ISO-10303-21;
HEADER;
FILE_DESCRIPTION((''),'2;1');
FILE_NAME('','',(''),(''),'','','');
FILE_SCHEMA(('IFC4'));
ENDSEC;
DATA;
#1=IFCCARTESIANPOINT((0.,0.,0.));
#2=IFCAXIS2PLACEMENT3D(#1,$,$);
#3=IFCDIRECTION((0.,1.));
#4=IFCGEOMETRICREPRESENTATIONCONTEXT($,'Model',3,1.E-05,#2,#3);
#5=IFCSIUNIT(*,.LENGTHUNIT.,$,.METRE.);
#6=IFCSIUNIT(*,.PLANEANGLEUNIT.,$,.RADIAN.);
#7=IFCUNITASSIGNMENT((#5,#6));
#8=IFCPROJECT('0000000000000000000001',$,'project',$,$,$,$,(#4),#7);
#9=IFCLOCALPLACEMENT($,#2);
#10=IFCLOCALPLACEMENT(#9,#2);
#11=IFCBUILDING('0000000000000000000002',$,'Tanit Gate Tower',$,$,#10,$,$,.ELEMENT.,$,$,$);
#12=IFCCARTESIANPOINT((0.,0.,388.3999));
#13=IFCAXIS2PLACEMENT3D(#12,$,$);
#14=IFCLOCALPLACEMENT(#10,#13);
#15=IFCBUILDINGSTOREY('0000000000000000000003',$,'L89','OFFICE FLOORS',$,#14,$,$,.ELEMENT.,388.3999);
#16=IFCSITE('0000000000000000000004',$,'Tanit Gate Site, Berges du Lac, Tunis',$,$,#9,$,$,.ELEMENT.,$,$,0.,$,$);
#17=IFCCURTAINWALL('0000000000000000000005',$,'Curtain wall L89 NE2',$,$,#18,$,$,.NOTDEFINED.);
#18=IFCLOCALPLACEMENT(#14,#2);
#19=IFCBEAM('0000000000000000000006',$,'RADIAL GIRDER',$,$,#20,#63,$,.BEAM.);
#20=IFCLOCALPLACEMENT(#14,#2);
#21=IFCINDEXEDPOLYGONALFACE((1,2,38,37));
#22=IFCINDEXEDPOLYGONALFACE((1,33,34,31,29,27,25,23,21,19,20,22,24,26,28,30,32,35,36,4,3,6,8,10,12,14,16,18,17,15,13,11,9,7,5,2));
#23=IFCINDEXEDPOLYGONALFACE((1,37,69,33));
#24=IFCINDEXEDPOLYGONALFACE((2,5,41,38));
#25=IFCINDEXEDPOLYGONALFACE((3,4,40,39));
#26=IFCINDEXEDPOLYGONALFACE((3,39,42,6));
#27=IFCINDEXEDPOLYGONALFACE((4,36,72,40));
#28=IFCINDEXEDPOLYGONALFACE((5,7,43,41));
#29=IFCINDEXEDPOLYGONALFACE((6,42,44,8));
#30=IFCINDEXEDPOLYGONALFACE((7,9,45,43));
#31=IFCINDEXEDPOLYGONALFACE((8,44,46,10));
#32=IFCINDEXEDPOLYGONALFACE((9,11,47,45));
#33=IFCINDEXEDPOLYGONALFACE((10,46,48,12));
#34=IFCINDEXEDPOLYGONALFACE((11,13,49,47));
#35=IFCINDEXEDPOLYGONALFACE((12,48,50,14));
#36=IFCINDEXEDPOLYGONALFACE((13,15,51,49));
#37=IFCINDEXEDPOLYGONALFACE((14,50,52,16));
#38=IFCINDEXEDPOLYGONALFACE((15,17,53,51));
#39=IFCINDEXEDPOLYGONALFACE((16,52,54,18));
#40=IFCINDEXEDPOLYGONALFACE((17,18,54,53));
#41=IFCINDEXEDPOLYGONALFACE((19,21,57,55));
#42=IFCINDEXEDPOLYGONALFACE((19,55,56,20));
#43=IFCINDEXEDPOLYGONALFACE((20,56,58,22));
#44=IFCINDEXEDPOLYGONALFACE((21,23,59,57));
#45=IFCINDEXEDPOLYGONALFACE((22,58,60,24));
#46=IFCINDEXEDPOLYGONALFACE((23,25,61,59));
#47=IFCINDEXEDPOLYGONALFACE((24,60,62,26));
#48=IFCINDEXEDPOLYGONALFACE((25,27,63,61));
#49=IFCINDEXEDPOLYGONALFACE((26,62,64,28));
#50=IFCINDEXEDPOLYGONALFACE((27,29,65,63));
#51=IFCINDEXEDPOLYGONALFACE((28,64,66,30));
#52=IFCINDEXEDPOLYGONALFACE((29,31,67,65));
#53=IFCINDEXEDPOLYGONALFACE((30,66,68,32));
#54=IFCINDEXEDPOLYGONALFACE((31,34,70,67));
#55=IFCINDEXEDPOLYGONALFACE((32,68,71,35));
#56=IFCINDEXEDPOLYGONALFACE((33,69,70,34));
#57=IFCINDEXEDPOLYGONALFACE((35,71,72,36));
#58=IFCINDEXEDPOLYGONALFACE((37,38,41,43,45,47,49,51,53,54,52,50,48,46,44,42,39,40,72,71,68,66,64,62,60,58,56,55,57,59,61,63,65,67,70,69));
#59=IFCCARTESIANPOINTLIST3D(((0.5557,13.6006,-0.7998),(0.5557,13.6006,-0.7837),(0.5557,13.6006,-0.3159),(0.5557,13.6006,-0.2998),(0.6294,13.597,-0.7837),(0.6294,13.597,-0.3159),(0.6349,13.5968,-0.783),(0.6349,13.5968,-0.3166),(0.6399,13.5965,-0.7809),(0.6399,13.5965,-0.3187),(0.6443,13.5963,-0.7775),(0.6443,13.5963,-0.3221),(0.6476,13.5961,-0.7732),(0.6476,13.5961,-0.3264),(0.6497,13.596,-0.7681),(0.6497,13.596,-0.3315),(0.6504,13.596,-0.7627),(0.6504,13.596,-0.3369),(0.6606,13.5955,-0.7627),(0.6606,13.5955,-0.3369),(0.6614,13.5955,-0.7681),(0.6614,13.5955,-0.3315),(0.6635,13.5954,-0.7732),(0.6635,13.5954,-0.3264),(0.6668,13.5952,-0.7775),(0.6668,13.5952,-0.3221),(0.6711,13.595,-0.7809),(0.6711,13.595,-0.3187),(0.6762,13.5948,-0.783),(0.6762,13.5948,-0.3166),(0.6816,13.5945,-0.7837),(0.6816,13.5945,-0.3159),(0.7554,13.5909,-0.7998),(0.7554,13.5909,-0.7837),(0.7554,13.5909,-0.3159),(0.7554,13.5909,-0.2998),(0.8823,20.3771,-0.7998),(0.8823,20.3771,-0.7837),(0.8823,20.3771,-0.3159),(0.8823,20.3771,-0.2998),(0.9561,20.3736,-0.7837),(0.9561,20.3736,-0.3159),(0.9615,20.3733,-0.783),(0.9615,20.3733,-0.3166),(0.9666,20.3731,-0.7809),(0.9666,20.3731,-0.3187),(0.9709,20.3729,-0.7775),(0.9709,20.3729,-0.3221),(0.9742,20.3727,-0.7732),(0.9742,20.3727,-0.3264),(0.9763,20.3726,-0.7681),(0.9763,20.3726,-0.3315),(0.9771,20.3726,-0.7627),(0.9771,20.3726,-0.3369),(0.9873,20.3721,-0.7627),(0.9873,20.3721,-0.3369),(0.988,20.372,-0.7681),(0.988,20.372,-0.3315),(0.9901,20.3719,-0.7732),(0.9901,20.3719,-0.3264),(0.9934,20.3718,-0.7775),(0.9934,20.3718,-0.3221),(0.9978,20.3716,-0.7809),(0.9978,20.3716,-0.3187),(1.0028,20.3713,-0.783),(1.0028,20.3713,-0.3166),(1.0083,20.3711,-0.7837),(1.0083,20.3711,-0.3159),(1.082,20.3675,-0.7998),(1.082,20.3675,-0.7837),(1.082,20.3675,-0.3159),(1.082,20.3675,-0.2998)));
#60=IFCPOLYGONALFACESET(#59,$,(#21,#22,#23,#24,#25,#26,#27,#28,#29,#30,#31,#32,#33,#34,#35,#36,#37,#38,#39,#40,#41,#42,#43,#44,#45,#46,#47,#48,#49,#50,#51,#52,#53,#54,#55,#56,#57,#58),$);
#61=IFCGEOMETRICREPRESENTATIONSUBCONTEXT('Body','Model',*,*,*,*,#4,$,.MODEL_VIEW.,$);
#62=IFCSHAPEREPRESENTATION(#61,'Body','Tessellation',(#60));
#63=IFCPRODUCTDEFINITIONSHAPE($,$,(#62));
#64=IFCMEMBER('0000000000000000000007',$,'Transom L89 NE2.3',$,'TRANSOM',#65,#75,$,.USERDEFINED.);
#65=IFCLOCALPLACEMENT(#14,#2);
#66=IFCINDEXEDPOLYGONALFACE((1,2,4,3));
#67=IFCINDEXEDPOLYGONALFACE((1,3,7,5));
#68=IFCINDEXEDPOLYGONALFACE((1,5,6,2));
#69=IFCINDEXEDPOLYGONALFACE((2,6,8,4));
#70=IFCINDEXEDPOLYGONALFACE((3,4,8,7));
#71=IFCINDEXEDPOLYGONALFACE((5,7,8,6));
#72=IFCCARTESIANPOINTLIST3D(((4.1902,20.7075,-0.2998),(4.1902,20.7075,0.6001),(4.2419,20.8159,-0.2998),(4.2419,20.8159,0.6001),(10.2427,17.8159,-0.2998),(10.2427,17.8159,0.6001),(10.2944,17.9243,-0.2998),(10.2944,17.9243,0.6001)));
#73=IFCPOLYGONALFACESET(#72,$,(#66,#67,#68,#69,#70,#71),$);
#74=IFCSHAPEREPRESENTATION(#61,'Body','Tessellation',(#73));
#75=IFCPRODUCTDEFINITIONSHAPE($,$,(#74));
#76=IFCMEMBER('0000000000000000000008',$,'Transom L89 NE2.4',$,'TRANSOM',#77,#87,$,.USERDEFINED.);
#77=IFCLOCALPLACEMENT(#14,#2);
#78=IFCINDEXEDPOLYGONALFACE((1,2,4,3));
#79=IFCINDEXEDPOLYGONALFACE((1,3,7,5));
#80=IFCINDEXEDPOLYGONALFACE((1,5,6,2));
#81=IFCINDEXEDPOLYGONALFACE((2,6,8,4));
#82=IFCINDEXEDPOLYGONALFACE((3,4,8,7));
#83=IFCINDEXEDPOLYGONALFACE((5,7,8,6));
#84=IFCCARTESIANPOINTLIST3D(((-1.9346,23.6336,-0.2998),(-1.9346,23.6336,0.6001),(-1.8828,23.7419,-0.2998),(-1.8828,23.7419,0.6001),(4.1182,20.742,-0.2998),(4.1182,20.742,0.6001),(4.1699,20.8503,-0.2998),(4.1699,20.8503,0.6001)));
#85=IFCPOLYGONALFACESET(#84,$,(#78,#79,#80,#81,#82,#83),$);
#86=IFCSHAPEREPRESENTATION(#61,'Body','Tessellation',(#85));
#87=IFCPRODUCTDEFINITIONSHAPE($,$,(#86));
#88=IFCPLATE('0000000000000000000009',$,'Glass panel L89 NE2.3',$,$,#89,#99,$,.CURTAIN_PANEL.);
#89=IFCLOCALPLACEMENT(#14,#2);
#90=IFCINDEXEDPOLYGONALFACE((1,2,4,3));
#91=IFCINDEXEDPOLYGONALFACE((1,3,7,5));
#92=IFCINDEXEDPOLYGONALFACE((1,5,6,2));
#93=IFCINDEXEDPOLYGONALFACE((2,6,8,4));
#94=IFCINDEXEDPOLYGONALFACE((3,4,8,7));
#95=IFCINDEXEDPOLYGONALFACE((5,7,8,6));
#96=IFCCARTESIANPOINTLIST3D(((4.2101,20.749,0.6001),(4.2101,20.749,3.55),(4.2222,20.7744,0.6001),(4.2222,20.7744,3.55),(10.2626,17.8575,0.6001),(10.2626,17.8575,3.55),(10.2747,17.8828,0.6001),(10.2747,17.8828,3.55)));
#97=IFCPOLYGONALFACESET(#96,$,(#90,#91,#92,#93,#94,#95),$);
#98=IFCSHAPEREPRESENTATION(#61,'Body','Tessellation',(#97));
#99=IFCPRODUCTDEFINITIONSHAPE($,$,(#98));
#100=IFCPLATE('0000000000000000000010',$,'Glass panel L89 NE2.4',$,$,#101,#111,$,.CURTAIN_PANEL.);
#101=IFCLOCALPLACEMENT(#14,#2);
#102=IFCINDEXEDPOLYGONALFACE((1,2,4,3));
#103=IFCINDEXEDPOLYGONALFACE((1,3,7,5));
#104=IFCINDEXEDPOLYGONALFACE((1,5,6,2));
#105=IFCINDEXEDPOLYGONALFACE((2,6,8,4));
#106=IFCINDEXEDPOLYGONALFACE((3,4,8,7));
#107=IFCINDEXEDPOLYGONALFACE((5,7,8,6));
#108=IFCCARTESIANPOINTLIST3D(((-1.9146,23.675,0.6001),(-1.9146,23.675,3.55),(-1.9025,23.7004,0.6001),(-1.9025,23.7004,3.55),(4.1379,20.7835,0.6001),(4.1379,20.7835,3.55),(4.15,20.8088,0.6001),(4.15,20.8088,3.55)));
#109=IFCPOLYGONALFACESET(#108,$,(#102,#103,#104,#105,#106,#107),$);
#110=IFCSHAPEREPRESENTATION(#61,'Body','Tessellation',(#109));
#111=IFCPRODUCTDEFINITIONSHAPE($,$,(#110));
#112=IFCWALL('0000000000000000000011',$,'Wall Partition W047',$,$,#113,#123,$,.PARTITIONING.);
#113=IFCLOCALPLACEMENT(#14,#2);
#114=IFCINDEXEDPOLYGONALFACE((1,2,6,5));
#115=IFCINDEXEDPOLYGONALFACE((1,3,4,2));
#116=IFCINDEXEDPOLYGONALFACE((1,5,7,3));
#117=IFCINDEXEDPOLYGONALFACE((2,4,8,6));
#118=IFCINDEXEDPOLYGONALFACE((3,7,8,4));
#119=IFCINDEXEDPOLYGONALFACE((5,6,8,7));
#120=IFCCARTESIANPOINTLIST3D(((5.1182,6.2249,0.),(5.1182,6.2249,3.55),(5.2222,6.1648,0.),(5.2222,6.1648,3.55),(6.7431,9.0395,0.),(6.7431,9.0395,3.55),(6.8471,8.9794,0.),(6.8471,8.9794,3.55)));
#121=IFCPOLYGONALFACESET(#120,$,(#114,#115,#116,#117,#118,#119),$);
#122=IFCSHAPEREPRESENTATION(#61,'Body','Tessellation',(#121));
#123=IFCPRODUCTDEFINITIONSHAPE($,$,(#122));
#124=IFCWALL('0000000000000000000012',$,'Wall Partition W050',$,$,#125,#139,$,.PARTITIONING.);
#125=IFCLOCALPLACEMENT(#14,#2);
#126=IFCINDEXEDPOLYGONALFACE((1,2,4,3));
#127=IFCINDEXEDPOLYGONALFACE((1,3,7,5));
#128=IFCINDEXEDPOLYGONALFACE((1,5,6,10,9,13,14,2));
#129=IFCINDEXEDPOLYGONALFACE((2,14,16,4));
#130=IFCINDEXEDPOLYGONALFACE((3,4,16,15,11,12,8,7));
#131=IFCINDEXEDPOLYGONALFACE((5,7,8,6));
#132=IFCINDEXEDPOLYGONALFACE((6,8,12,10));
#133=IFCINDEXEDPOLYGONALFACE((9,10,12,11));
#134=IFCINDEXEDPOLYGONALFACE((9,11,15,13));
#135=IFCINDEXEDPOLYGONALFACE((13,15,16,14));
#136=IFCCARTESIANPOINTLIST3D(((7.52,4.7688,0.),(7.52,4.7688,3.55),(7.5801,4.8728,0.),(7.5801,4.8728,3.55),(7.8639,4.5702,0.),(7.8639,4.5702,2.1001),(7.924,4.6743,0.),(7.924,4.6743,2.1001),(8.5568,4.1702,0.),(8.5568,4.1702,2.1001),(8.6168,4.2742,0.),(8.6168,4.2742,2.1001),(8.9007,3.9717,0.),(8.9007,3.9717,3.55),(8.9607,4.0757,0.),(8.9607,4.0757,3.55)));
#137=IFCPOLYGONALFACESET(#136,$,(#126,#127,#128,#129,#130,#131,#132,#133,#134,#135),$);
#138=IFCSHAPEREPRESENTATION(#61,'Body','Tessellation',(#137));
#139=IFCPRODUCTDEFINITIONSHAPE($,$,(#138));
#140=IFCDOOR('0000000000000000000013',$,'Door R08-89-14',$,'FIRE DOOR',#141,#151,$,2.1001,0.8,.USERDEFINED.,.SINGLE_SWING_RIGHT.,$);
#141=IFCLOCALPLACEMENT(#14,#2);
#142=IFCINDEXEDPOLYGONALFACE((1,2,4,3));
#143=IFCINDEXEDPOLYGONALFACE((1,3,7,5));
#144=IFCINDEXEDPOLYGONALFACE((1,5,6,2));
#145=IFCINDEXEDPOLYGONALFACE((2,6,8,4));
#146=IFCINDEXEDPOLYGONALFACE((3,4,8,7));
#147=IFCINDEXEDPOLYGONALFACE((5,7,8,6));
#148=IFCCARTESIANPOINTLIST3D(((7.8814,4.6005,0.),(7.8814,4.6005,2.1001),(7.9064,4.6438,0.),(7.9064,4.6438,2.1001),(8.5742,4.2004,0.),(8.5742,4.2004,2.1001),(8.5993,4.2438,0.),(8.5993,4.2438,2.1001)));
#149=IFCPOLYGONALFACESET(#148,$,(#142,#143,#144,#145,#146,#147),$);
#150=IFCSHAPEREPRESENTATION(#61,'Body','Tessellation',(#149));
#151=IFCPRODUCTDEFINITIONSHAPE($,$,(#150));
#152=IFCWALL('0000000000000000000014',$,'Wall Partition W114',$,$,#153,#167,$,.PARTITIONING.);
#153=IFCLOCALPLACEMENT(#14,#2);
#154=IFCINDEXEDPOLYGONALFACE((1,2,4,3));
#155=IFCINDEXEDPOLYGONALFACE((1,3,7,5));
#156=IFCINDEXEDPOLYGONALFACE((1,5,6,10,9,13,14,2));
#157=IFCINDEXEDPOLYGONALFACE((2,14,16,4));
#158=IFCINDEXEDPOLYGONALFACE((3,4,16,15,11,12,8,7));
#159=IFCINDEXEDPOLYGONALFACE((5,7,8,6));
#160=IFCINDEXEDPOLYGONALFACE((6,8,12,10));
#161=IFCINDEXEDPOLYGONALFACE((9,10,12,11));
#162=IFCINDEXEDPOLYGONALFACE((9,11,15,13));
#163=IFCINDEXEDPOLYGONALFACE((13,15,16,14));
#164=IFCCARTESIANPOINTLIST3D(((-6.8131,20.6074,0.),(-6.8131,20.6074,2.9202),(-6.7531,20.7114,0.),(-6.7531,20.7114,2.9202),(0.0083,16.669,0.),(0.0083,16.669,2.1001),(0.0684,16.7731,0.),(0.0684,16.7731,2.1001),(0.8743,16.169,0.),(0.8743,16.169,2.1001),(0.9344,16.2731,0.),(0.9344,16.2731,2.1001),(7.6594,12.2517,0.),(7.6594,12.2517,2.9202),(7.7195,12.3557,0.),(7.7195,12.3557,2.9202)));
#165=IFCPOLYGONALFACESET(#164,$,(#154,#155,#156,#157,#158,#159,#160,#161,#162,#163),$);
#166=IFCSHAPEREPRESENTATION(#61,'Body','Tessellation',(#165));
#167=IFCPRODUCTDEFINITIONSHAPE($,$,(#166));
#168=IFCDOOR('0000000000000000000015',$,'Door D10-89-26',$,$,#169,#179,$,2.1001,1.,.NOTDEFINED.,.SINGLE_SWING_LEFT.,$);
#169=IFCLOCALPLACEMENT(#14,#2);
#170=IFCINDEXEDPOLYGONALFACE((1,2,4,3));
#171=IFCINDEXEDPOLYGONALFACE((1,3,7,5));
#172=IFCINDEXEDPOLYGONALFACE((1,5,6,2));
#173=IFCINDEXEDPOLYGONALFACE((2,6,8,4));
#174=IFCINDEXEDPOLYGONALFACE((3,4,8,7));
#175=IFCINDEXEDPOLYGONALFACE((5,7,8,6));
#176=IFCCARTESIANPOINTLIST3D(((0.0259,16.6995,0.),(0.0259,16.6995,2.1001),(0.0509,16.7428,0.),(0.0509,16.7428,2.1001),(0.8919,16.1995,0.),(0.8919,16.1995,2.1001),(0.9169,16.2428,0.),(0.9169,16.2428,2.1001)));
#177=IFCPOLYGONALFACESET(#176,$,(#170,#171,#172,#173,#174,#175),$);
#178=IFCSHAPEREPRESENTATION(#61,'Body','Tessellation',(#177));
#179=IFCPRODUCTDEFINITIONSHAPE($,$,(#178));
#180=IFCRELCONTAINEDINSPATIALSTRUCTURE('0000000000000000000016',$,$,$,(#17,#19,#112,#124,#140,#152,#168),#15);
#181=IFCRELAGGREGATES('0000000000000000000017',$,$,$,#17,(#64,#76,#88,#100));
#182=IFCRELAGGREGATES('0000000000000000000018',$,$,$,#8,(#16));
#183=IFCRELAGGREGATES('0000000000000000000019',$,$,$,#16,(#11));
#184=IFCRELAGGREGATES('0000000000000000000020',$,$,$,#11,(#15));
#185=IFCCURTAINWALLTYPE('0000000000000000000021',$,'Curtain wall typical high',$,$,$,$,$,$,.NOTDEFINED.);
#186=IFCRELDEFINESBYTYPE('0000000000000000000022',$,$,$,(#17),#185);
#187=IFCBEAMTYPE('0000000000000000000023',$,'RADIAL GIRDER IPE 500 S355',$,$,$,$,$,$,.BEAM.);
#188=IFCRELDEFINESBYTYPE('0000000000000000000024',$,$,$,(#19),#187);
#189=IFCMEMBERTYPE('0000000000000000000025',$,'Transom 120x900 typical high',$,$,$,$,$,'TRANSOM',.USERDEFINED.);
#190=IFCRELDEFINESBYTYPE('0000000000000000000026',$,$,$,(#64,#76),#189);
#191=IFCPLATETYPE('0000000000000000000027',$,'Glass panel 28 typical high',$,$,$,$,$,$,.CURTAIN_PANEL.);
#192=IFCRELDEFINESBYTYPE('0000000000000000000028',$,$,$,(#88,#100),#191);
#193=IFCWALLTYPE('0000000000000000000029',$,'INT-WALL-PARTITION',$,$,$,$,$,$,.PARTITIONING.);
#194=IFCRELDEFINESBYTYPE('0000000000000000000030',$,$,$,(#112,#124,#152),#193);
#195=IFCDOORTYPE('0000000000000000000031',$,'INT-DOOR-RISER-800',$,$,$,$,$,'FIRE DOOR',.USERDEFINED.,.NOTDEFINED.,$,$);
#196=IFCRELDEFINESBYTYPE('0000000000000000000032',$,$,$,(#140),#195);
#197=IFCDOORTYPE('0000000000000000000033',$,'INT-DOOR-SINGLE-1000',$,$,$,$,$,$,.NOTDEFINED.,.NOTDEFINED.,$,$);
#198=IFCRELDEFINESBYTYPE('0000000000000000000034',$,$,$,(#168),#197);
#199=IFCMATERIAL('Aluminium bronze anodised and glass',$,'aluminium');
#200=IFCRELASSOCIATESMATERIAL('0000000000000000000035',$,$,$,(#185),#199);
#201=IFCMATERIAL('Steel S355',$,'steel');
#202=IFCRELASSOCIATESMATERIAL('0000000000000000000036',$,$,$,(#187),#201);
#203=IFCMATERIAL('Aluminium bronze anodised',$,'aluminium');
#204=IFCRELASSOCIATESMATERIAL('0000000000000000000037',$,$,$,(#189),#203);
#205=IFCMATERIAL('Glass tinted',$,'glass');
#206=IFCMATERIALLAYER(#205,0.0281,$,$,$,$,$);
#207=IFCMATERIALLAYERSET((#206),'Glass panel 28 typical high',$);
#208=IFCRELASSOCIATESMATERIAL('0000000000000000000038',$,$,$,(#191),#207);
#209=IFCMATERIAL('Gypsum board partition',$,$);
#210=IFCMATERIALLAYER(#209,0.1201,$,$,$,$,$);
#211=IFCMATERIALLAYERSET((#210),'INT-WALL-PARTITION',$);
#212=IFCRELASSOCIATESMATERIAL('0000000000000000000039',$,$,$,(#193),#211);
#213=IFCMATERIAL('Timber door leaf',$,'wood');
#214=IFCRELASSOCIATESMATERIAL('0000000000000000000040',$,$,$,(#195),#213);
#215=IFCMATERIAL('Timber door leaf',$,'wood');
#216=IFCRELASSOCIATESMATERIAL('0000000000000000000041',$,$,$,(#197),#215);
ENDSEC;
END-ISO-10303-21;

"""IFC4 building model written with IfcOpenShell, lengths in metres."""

from ifc_helpers import new_model, si_unit, direction, frame, frame_2d, origin, origin_2d, place, context, subcontext, project, spatial, rectangle, i_section, extrude, material, layer, layer_set, material_profile, profile_set, type_object, element, fill, aggregate, save


model = new_model("IFC4")

# Units and contexts
model_context = context("Model", 3, precision=1e-05, world=origin(), true_north=direction((0.0, 1.0)))
body_context = subcontext(model_context, "Body", "Model", "MODEL_VIEW")
ifc_project = project(units=[si_unit("LENGTHUNIT", "METRE"), si_unit("PLANEANGLEUNIT", "RADIAN")], contexts=[model_context])

# Site, building, storey
site_placement = place(None, origin())
site = spatial("IfcSite", under=ifc_project, at=site_placement, Name="Tanit Gate Site, Berges du Lac, Tunis", CompositionType="ELEMENT", RefElevation=0.0)
building_placement = place(site_placement, origin())
building = spatial("IfcBuilding", under=site, at=building_placement, Name="Tanit Gate Tower", CompositionType="ELEMENT")
storey_placement = place(building_placement, frame((0.0, 0.0, 388.3999)))
storey = spatial("IfcBuildingStorey", under=building, at=storey_placement, Name="L89", Description="OFFICE FLOORS", CompositionType="ELEMENT", Elevation=388.3999)

# Curtain wall
ifc_material_1 = material(Name="Aluminium bronze anodised and glass", Category="aluminium")
curtain_wall_type = type_object("IfcCurtainWallType", Name="Curtain wall typical high", PredefinedType="NOTDEFINED", material=ifc_material_1)
curtain_wall_placement = place(storey_placement, origin())
curtain_wall = element("IfcCurtainWall", 1, at=curtain_wall_placement, inside=storey, type_object=curtain_wall_type, Name="Curtain wall L89 NE2", PredefinedType="NOTDEFINED")

# Beam
ifc_material_2 = material(Name="Steel S355", Category="steel")
ifc_material_profile_1 = material_profile(ifc_material_2, i_section(OverallWidth=0.2, OverallDepth=0.5, WebThickness=0.0103, FlangeThickness=0.0161, FilletRadius=0.021, at=origin_2d()), Name="IPE 500")
ifc_profile_set_1 = profile_set([ifc_material_profile_1], Name="Steel S355")
beam_type = type_object("IfcBeamType", Name="RADIAL GIRDER IPE 500 S355", PredefinedType="BEAM", material=ifc_profile_set_1)
beam_1_placement = place(storey_placement, frame((0.9822, 20.3723, -0.5498), z_axis=(-0.048148, -0.99884, 0.0), x_axis=(0.99884, -0.048148, 0.0)))
element("IfcBeam", 2, at=beam_1_placement, inside=storey, type_object=beam_type, Name="RADIAL GIRDER", PredefinedType="BEAM", context=body_context, shape_type="SweptSolid", body=[
    extrude(i_section(OverallWidth=0.2, OverallDepth=0.5, WebThickness=0.0103, FlangeThickness=0.0161, FilletRadius=0.021, at=origin_2d()), origin(), (0.0, 0.0, 1.0), 6.7844),
])

# Members
ifc_material_3 = material(Name="Aluminium bronze anodised", Category="aluminium")
ifc_material_profile_2 = material_profile(ifc_material_3, rectangle(XDim=0.1201, YDim=0.8999, at=origin_2d()), Name="120x900 bronze transom")
ifc_profile_set_2 = profile_set([ifc_material_profile_2], Name="Aluminium bronze anodised")
member_type_1 = type_object("IfcMemberType", Name="Transom 120x900 typical high", ElementType="TRANSOM", PredefinedType="USERDEFINED", material=ifc_profile_set_2)
member_1_placement = place(storey_placement, frame((10.2686, 17.8701, 0.1501), z_axis=(-0.902312, 0.431083, 0.0), x_axis=(-0.431083, -0.902312, 0.0)))
member_1 = element("IfcMember", 3, at=member_1_placement, type_object=member_type_1, Name="Transom L89 NE2.3", ObjectType="TRANSOM", PredefinedType="USERDEFINED", context=body_context, shape_type="SweptSolid", body=[
    extrude(rectangle(XDim=0.1201, YDim=0.8999, at=origin_2d()), origin(), (0.0, 0.0, 1.0), 6.7078),
])
member_2_placement = place(storey_placement, frame((4.144, 20.7961, 0.1501), z_axis=(-0.902319, 0.431069, 0.0), x_axis=(-0.431069, -0.902319, 0.0)))
member_2 = element("IfcMember", 4, at=member_2_placement, type_object=member_type_1, Name="Transom L89 NE2.4", ObjectType="TRANSOM", PredefinedType="USERDEFINED", context=body_context, shape_type="SweptSolid", body=[
    extrude(rectangle(XDim=0.1201, YDim=0.8999, at=origin_2d()), origin(), (0.0, 0.0, 1.0), 6.708),
])

# Plates
ifc_material_4 = material(Name="Glass tinted", Category="glass")
ifc_layer_1 = layer(ifc_material_4, 0.0281)
ifc_layer_set_1 = layer_set([ifc_layer_1], Name="Glass panel 28 typical high")
plate_type = type_object("IfcPlateType", Name="Glass panel 28 typical high", PredefinedType="CURTAIN_PANEL", material=ifc_layer_set_1)
plate_1_placement = place(storey_placement, frame((7.2424, 19.3159, 0.6001), z_axis=(0.0, 0.0, 1.0), x_axis=(-0.902317, 0.431073, 0.0)))
plate_1 = element("IfcPlate", 5, at=plate_1_placement, type_object=plate_type, Name="Glass panel L89 NE2.3", PredefinedType="CURTAIN_PANEL", context=body_context, shape_type="SweptSolid", body=[
    extrude(rectangle(XDim=6.7078, YDim=0.0281, at=origin_2d()), origin(), (0.0, 0.0, 1.0), 2.95),
])
plate_2_placement = place(storey_placement, frame((1.1177, 22.2419, 0.6001), z_axis=(0.0, 0.0, 1.0), x_axis=(-0.902317, 0.431073, 0.0)))
plate_2 = element("IfcPlate", 6, at=plate_2_placement, type_object=plate_type, Name="Glass panel L89 NE2.4", PredefinedType="CURTAIN_PANEL", context=body_context, shape_type="SweptSolid", body=[
    extrude(rectangle(XDim=6.7078, YDim=0.0281, at=origin_2d()), origin(), (0.0, 0.0, 1.0), 2.95),
])
aggregate(curtain_wall, [member_1, member_2, plate_1, plate_2])

# Wall
ifc_material_5 = material(Name="Gypsum board partition")
ifc_layer_2 = layer(ifc_material_5, 0.1201)
ifc_layer_set_2 = layer_set([ifc_layer_2], Name="INT-WALL-PARTITION")
wall_type_1 = type_object("IfcWallType", Name="INT-WALL-PARTITION", PredefinedType="PARTITIONING", material=ifc_layer_set_2)
wall_1_placement = place(storey_placement, frame((5.1702, 6.1948, 0.0), z_axis=(0.0, 0.0, 1.0), x_axis=(0.499985, 0.866034, 0.0)))
element("IfcWall", 7, at=wall_1_placement, inside=storey, type_object=wall_type_1, Name="Wall Partition W047", PredefinedType="PARTITIONING", context=body_context, shape_type="SweptSolid", body=[
    extrude(rectangle(XDim=3.25, YDim=0.1201, at=frame_2d((1.625, 0.0))), origin(), (0.0, 0.0, 1.0), 3.55),
])

# Walls, openings, doors
wall_2_placement = place(storey_placement, frame((7.55, 4.8208, 0.0), z_axis=(0.0, 0.0, 1.0), x_axis=(0.86602, -0.50001, 0.0)))
wall_2 = element("IfcWall", 8, at=wall_2_placement, inside=storey, type_object=wall_type_1, Name="Wall Partition W050", PredefinedType="PARTITIONING", context=body_context, shape_type="SweptSolid", body=[
    extrude(rectangle(XDim=1.5942, YDim=0.1201, at=frame_2d((0.7971, 0.0))), origin(), (0.0, 0.0, 1.0), 3.55),
])
opening_1_placement = place(wall_2_placement, frame((0.3972, 0.0, 0.0)))
opening_1 = element("IfcOpeningElement", 9, at=opening_1_placement, cuts=wall_2, PredefinedType="OPENING", context=body_context, shape_type="SweptSolid", body=[
    extrude(rectangle(XDim=0.8, YDim=2.1001, at=frame_2d((0.3999, 1.05))), frame((0.0, 0.0701, 0.0), z_axis=(0.0, -1.0, 0.0), x_axis=(1.0, 0.0, 0.0)), (0.0, 0.0, 1.0), 0.1401),
])
ifc_material_6 = material(Name="Timber door leaf", Category="wood")
door_type_1 = type_object("IfcDoorType", Name="INT-DOOR-RISER-800", ElementType="FIRE DOOR", OperationType="NOTDEFINED", PredefinedType="USERDEFINED", material=ifc_material_6)
door_1_placement = place(opening_1_placement, origin())
door_1 = element("IfcDoor", 10, at=door_1_placement, inside=storey, type_object=door_type_1, Name="Door R08-89-14", ObjectType="FIRE DOOR", OperationType="SINGLE_SWING_RIGHT", OverallHeight=2.1001, OverallWidth=0.8, PredefinedType="USERDEFINED", context=body_context, shape_type="SweptSolid", body=[
    extrude(rectangle(XDim=0.8, YDim=2.1001, at=frame_2d((0.3999, 1.05))), frame((0.0, 0.0249, 0.0), z_axis=(0.0, -1.0, 0.0), x_axis=(1.0, 0.0, 0.0)), (0.0, 0.0, 1.0), 0.05),
])
fill(opening_1, door_1)
wall_3_placement = place(storey_placement, frame((7.6895, 12.3037, 0.0), z_axis=(0.0, 0.0, 1.0), x_axis=(-0.866027, 0.499996, 0.0)))
wall_3 = element("IfcWall", 11, at=wall_3_placement, inside=storey, type_object=wall_type_1, Name="Wall Partition W114", PredefinedType="PARTITIONING", context=body_context, shape_type="SweptSolid", body=[
    extrude(rectangle(XDim=16.7114, YDim=0.1201, at=frame_2d((8.3557, 0.0))), origin(), (0.0, 0.0, 1.0), 2.9202),
])
opening_2_placement = place(wall_3_placement, frame((7.8347, 0.0, 0.0)))
opening_2 = element("IfcOpeningElement", 12, at=opening_2_placement, cuts=wall_3, PredefinedType="OPENING", context=body_context, shape_type="SweptSolid", body=[
    extrude(rectangle(XDim=1.0, YDim=2.1001, at=frame_2d((0.5, 1.05))), frame((0.0, 0.0701, 0.0), z_axis=(0.0, -1.0, 0.0), x_axis=(1.0, 0.0, 0.0)), (0.0, 0.0, 1.0), 0.1401),
])
ifc_material_7 = material(Name="Timber door leaf", Category="wood")
door_type_2 = type_object("IfcDoorType", Name="INT-DOOR-SINGLE-1000", OperationType="NOTDEFINED", PredefinedType="NOTDEFINED", material=ifc_material_7)
door_2_placement = place(opening_2_placement, origin())
door_2 = element("IfcDoor", 13, at=door_2_placement, inside=storey, type_object=door_type_2, Name="Door D10-89-26", OperationType="SINGLE_SWING_LEFT", OverallHeight=2.1001, OverallWidth=1.0, PredefinedType="NOTDEFINED", context=body_context, shape_type="SweptSolid", body=[
    extrude(rectangle(XDim=1.0, YDim=2.1001, at=frame_2d((0.5, 1.05))), frame((0.0, 0.0249, 0.0), z_axis=(0.0, -1.0, 0.0), x_axis=(1.0, 0.0, 0.0)), (0.0, 0.0, 1.0), 0.05),
])
fill(opening_2, door_2)

save(model, "model.ifc")
